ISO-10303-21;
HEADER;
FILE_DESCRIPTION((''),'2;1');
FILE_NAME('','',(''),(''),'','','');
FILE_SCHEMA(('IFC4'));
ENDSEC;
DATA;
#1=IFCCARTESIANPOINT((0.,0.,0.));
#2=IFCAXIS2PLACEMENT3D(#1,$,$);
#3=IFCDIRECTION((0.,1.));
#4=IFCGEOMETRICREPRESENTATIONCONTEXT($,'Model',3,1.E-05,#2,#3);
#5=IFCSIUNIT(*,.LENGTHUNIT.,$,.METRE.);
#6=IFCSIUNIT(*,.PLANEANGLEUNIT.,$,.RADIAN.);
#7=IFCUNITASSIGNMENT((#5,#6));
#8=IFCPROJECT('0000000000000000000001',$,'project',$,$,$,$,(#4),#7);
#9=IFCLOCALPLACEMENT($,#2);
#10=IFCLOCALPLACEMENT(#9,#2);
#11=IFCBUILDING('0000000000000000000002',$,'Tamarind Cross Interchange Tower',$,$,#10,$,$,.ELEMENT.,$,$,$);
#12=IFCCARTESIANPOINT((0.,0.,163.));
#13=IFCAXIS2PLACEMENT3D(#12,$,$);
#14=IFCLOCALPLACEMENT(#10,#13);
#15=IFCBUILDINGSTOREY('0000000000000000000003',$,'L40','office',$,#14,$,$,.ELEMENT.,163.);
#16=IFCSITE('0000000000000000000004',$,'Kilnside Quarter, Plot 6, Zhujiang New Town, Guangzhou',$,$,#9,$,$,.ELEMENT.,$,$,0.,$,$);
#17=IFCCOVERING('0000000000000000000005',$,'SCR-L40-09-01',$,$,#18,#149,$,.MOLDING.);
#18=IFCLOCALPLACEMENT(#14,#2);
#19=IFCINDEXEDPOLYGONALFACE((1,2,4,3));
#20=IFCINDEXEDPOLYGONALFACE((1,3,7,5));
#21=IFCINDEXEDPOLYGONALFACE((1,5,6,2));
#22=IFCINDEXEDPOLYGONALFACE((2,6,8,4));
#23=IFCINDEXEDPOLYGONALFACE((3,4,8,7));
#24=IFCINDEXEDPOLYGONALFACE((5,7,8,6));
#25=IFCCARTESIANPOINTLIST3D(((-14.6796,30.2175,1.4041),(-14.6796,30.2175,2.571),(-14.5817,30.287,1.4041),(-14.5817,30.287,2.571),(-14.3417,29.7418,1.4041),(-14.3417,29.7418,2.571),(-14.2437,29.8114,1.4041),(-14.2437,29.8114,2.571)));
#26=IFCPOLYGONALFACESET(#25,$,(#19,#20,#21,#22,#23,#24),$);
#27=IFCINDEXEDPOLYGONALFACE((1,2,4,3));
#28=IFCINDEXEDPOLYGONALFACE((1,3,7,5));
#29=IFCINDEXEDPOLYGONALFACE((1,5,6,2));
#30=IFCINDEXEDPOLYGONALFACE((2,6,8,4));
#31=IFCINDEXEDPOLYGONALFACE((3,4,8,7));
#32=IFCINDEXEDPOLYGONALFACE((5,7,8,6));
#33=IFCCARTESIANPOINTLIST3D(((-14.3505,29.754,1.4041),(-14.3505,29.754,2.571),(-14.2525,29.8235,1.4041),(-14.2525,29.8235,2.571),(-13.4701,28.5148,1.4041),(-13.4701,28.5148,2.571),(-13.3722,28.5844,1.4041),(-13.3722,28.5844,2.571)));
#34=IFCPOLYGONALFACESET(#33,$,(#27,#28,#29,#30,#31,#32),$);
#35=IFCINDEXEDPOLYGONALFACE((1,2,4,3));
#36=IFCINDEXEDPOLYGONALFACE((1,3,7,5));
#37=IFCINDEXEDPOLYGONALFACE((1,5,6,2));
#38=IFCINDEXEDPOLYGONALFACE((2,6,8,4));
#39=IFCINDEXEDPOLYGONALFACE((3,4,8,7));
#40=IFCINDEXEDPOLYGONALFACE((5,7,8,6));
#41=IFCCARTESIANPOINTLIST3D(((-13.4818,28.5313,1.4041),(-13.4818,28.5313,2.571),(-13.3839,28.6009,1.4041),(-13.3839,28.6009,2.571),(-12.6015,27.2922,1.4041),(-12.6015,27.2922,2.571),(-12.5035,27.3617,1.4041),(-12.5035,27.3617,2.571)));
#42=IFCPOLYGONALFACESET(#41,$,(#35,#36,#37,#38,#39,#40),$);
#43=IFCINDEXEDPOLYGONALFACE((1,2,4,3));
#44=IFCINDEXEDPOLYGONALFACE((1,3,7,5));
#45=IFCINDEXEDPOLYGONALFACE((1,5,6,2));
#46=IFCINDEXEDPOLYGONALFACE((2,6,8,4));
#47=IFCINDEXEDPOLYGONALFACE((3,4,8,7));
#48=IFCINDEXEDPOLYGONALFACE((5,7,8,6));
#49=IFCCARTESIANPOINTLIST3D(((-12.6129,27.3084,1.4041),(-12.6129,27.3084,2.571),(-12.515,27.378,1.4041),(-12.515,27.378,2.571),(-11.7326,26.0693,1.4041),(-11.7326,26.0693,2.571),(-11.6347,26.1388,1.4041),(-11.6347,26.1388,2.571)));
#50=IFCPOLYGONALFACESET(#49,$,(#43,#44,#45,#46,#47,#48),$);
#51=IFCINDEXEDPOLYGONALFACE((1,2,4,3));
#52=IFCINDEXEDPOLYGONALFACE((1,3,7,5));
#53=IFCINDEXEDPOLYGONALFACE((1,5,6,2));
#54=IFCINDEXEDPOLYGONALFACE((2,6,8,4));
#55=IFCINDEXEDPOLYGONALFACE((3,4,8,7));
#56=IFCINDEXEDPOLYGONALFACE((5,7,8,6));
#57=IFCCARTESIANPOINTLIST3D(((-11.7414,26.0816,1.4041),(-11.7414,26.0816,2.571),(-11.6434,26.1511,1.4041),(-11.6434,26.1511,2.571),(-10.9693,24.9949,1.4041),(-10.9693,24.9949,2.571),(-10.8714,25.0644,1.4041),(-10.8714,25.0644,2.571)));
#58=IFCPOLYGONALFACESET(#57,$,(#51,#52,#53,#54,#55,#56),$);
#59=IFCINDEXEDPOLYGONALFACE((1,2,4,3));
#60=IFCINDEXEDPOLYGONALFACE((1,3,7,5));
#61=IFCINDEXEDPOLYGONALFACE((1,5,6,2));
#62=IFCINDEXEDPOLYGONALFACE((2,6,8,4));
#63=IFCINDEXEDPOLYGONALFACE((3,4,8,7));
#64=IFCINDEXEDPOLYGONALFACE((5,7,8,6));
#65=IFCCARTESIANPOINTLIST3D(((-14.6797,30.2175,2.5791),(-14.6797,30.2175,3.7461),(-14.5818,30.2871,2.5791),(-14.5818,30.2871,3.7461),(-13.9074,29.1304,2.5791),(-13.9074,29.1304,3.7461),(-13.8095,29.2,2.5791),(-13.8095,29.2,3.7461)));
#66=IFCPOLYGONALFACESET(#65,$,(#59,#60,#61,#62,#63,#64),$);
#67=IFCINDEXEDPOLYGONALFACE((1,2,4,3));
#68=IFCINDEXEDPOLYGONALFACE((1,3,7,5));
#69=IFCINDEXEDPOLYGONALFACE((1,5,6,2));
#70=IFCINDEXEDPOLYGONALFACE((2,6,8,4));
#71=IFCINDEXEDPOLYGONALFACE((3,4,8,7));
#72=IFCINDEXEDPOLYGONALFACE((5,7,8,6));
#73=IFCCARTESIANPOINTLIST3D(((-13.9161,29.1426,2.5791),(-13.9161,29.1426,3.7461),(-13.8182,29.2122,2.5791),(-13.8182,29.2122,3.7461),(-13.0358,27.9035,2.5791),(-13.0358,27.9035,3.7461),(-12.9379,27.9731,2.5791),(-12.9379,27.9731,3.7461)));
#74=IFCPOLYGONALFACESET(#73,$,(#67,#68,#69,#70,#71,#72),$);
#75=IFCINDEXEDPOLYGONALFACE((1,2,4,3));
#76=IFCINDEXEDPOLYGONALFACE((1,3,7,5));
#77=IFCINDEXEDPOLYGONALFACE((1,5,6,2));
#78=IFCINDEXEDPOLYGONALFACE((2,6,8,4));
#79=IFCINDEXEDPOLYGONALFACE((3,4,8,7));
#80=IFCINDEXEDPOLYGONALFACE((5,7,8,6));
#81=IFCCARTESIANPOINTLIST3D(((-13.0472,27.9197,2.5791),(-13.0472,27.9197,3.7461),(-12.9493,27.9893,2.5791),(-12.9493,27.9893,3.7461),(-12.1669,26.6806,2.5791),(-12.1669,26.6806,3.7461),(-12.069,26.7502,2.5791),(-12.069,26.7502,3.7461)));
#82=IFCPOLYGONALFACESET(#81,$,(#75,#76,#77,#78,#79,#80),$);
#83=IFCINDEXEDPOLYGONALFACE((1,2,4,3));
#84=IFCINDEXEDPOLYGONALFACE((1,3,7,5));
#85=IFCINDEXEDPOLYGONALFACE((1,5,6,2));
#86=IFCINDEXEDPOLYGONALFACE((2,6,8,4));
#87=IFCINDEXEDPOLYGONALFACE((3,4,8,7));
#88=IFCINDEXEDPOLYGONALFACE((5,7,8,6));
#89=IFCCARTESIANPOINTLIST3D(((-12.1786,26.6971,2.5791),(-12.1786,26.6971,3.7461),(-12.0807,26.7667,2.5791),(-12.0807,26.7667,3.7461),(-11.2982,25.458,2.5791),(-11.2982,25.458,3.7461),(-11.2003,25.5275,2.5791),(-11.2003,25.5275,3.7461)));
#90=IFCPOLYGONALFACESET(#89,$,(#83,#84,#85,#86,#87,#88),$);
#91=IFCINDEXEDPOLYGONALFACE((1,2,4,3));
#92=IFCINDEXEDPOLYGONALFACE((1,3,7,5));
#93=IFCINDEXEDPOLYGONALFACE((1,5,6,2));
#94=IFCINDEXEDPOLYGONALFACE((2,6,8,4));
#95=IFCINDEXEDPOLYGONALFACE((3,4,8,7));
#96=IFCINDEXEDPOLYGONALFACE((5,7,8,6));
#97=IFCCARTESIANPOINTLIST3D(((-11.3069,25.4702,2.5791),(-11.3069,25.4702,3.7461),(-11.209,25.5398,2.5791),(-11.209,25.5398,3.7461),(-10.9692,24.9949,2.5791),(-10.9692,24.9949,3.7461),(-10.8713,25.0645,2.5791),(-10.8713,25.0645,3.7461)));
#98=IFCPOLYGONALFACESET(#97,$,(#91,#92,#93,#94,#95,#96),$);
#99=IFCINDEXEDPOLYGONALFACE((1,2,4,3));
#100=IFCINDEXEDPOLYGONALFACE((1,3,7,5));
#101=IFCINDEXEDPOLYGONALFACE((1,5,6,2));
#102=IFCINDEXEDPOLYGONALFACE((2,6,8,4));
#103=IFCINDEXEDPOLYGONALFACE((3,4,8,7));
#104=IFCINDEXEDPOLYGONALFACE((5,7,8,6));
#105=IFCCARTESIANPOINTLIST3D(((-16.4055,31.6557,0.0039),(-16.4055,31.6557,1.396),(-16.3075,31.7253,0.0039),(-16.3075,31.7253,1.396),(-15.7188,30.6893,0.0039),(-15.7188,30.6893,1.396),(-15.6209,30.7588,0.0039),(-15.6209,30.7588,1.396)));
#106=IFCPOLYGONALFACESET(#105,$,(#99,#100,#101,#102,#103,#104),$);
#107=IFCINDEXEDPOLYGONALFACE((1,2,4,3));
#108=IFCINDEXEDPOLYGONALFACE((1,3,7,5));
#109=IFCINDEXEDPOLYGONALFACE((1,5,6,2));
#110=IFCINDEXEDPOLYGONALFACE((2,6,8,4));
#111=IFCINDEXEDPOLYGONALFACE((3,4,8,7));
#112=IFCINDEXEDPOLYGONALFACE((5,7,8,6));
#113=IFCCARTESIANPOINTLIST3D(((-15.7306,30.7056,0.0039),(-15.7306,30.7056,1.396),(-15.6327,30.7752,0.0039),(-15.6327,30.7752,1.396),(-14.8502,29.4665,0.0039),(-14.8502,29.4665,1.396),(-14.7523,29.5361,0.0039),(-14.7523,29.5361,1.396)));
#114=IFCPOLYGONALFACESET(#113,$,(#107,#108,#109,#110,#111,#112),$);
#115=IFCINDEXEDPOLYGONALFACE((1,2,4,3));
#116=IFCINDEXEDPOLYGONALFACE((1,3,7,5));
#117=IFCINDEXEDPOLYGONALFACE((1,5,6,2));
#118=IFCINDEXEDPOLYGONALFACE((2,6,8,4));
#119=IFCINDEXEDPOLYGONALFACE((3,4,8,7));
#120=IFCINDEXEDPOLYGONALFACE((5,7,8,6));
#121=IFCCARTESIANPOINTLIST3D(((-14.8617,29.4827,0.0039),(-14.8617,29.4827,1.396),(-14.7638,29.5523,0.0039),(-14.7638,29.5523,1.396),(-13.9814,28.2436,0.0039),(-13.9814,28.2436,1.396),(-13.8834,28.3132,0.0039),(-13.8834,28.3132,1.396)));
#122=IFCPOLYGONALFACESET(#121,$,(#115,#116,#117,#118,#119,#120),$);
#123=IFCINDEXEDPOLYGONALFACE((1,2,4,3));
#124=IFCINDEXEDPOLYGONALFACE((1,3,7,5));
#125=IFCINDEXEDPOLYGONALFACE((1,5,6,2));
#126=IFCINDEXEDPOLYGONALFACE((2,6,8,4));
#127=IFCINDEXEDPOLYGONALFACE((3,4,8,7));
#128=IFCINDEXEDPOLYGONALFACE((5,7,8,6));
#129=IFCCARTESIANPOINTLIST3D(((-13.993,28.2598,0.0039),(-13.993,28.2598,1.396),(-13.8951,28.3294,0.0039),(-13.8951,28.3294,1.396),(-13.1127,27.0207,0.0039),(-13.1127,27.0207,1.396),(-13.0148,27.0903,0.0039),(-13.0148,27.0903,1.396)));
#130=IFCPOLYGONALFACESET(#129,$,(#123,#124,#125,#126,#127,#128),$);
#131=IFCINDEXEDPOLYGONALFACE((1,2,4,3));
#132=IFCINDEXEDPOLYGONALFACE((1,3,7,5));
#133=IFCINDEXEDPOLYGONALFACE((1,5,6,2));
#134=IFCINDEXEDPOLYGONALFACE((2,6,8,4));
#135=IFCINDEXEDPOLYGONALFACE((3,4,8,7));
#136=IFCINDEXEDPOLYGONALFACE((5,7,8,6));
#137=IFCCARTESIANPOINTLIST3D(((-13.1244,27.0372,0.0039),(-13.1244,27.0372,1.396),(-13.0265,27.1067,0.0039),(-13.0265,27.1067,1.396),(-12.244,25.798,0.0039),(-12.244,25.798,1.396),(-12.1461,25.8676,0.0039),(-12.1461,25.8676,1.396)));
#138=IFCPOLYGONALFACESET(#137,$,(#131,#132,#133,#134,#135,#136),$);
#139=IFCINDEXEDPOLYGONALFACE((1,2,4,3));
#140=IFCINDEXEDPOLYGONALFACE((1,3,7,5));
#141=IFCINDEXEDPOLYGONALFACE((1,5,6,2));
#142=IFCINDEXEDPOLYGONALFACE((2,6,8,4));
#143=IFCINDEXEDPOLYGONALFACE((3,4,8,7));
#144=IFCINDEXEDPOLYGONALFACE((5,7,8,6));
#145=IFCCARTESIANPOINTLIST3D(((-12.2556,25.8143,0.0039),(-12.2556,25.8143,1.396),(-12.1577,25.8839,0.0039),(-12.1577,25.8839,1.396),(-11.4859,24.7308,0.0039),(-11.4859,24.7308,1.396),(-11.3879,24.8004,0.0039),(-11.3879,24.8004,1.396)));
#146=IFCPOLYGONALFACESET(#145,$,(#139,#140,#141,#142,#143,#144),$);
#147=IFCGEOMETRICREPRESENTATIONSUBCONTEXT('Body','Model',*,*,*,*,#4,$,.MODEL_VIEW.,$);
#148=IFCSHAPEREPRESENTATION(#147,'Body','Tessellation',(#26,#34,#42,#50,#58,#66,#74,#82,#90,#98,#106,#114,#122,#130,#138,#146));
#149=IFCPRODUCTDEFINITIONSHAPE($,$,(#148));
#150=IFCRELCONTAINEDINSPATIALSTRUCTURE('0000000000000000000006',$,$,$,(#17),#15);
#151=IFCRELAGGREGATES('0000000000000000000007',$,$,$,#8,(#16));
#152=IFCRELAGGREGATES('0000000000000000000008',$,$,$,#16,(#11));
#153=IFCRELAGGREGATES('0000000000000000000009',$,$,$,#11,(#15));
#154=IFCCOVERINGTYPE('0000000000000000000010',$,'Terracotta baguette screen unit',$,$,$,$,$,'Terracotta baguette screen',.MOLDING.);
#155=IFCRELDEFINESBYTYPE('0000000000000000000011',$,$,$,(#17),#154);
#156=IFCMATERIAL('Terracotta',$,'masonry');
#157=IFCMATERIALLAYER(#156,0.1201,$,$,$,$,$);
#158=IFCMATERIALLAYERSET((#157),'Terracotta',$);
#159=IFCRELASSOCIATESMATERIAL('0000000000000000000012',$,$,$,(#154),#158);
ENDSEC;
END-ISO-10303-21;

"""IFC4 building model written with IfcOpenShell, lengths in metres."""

from ifc_helpers import new_model, si_unit, direction, frame, origin, origin_2d, place, context, subcontext, project, spatial, rectangle, extrude, material, layer, layer_set, type_object, element, save


model = new_model("IFC4")

# Units and contexts
model_context = context("Model", 3, precision=1e-05, world=origin(), true_north=direction((0.0, 1.0)))
body_context = subcontext(model_context, "Body", "Model", "MODEL_VIEW")
ifc_project = project(units=[si_unit("LENGTHUNIT", "METRE"), si_unit("PLANEANGLEUNIT", "RADIAN")], contexts=[model_context])

# Site, building, storey
site_placement = place(None, origin())
site = spatial("IfcSite", under=ifc_project, at=site_placement, Name="Kilnside Quarter, Plot 6, Zhujiang New Town, Guangzhou", CompositionType="ELEMENT", RefElevation=0.0)
building_placement = place(site_placement, origin())
building = spatial("IfcBuilding", under=site, at=building_placement, Name="Tamarind Cross Interchange Tower", CompositionType="ELEMENT")
storey_placement = place(building_placement, frame((0.0, 0.0, 163.0)))
storey = spatial("IfcBuildingStorey", under=building, at=storey_placement, Name="L40", Description="office", CompositionType="ELEMENT", Elevation=163.0)

# Covering
ifc_material_1 = material(Name="Terracotta", Category="masonry")
ifc_layer_1 = layer(ifc_material_1, 0.1201)
ifc_layer_set_1 = layer_set([ifc_layer_1], Name="Terracotta")
covering_type = type_object("IfcCoveringType", Name="Terracotta baguette screen unit", ElementType="Terracotta baguette screen", PredefinedType="MOLDING", material=ifc_layer_set_1)
covering_1_placement = place(storey_placement, origin())
element("IfcCovering", 1, at=covering_1_placement, inside=storey, type_object=covering_type, Name="SCR-L40-09-01", PredefinedType="MOLDING", context=body_context, shape_type="SweptSolid", body=[
    extrude(rectangle(XDim=0.5835, YDim=0.1201, at=origin_2d()), frame((-14.4617, 30.0144, 1.4041), z_axis=(0.0, 0.0, 1.0), x_axis=(0.579159, -0.815215, 0.0)), (0.0, 0.0, 1.0), 1.167),
    extrude(rectangle(XDim=1.52, YDim=0.1201, at=origin_2d()), frame((-13.8613, 29.1692, 1.4041), z_axis=(0.0, 0.0, 1.0), x_axis=(0.579159, -0.815215, 0.0)), (0.0, 0.0, 1.0), 1.167),
    extrude(rectangle(XDim=1.52, YDim=0.1201, at=origin_2d()), frame((-12.9927, 27.9465, 1.4041), z_axis=(0.0, 0.0, 1.0), x_axis=(0.579159, -0.815215, 0.0)), (0.0, 0.0, 1.0), 1.167),
    extrude(rectangle(XDim=1.52, YDim=0.1201, at=origin_2d()), frame((-12.1238, 26.7236, 1.4041), z_axis=(0.0, 0.0, 1.0), x_axis=(0.579159, -0.815215, 0.0)), (0.0, 0.0, 1.0), 1.167),
    extrude(rectangle(XDim=1.333, YDim=0.1201, at=origin_2d()), frame((-11.3064, 25.573, 1.4041), z_axis=(0.0, 0.0, 1.0), x_axis=(0.579159, -0.815215, 0.0)), (0.0, 0.0, 1.0), 1.167),
    extrude(rectangle(XDim=1.3335, YDim=0.1201, at=origin_2d()), frame((-14.2446, 29.7087, 2.5791), z_axis=(0.0, 0.0, 1.0), x_axis=(0.579159, -0.815215, 0.0)), (0.0, 0.0, 1.0), 1.167),
    extrude(rectangle(XDim=1.52, YDim=0.1201, at=origin_2d()), frame((-13.427, 28.5579, 2.5791), z_axis=(0.0, 0.0, 1.0), x_axis=(0.579159, -0.815215, 0.0)), (0.0, 0.0, 1.0), 1.167),
    extrude(rectangle(XDim=1.52, YDim=0.1201, at=origin_2d()), frame((-12.5581, 27.335, 2.5791), z_axis=(0.0, 0.0, 1.0), x_axis=(0.579159, -0.815215, 0.0)), (0.0, 0.0, 1.0), 1.167),
    extrude(rectangle(XDim=1.52, YDim=0.1201, at=origin_2d()), frame((-11.6895, 26.1123, 2.5791), z_axis=(0.0, 0.0, 1.0), x_axis=(0.579159, -0.815215, 0.0)), (0.0, 0.0, 1.0), 1.167),
    extrude(rectangle(XDim=0.583, YDim=0.1201, at=origin_2d()), frame((-11.0891, 25.2673, 2.5791), z_axis=(0.0, 0.0, 1.0), x_axis=(0.579159, -0.815215, 0.0)), (0.0, 0.0, 1.0), 1.167),
    extrude(rectangle(XDim=1.1855, YDim=0.1201, at=origin_2d()), frame((-16.0132, 31.2073, 0.0039), z_axis=(0.0, 0.0, 1.0), x_axis=(0.579159, -0.815215, 0.0)), (0.0, 0.0, 1.0), 1.3921),
    extrude(rectangle(XDim=1.52, YDim=0.1201, at=origin_2d()), frame((-15.2415, 30.1208, 0.0039), z_axis=(0.0, 0.0, 1.0), x_axis=(0.579159, -0.815215, 0.0)), (0.0, 0.0, 1.0), 1.3921),
    extrude(rectangle(XDim=1.52, YDim=0.1201, at=origin_2d()), frame((-14.3726, 28.8979, 0.0039), z_axis=(0.0, 0.0, 1.0), x_axis=(0.579159, -0.815215, 0.0)), (0.0, 0.0, 1.0), 1.3921),
    extrude(rectangle(XDim=1.52, YDim=0.1201, at=origin_2d()), frame((-13.5039, 27.675, 0.0039), z_axis=(0.0, 0.0, 1.0), x_axis=(0.579159, -0.815215, 0.0)), (0.0, 0.0, 1.0), 1.3921),
    extrude(rectangle(XDim=1.52, YDim=0.1201, at=origin_2d()), frame((-12.6353, 26.4524, 0.0039), z_axis=(0.0, 0.0, 1.0), x_axis=(0.579159, -0.815215, 0.0)), (0.0, 0.0, 1.0), 1.3921),
    extrude(rectangle(XDim=1.3291, YDim=0.1201, at=origin_2d()), frame((-11.8218, 25.3074, 0.0039), z_axis=(0.0, 0.0, 1.0), x_axis=(0.579159, -0.815215, 0.0)), (0.0, 0.0, 1.0), 1.3921),
])

save(model, "model.ifc")
